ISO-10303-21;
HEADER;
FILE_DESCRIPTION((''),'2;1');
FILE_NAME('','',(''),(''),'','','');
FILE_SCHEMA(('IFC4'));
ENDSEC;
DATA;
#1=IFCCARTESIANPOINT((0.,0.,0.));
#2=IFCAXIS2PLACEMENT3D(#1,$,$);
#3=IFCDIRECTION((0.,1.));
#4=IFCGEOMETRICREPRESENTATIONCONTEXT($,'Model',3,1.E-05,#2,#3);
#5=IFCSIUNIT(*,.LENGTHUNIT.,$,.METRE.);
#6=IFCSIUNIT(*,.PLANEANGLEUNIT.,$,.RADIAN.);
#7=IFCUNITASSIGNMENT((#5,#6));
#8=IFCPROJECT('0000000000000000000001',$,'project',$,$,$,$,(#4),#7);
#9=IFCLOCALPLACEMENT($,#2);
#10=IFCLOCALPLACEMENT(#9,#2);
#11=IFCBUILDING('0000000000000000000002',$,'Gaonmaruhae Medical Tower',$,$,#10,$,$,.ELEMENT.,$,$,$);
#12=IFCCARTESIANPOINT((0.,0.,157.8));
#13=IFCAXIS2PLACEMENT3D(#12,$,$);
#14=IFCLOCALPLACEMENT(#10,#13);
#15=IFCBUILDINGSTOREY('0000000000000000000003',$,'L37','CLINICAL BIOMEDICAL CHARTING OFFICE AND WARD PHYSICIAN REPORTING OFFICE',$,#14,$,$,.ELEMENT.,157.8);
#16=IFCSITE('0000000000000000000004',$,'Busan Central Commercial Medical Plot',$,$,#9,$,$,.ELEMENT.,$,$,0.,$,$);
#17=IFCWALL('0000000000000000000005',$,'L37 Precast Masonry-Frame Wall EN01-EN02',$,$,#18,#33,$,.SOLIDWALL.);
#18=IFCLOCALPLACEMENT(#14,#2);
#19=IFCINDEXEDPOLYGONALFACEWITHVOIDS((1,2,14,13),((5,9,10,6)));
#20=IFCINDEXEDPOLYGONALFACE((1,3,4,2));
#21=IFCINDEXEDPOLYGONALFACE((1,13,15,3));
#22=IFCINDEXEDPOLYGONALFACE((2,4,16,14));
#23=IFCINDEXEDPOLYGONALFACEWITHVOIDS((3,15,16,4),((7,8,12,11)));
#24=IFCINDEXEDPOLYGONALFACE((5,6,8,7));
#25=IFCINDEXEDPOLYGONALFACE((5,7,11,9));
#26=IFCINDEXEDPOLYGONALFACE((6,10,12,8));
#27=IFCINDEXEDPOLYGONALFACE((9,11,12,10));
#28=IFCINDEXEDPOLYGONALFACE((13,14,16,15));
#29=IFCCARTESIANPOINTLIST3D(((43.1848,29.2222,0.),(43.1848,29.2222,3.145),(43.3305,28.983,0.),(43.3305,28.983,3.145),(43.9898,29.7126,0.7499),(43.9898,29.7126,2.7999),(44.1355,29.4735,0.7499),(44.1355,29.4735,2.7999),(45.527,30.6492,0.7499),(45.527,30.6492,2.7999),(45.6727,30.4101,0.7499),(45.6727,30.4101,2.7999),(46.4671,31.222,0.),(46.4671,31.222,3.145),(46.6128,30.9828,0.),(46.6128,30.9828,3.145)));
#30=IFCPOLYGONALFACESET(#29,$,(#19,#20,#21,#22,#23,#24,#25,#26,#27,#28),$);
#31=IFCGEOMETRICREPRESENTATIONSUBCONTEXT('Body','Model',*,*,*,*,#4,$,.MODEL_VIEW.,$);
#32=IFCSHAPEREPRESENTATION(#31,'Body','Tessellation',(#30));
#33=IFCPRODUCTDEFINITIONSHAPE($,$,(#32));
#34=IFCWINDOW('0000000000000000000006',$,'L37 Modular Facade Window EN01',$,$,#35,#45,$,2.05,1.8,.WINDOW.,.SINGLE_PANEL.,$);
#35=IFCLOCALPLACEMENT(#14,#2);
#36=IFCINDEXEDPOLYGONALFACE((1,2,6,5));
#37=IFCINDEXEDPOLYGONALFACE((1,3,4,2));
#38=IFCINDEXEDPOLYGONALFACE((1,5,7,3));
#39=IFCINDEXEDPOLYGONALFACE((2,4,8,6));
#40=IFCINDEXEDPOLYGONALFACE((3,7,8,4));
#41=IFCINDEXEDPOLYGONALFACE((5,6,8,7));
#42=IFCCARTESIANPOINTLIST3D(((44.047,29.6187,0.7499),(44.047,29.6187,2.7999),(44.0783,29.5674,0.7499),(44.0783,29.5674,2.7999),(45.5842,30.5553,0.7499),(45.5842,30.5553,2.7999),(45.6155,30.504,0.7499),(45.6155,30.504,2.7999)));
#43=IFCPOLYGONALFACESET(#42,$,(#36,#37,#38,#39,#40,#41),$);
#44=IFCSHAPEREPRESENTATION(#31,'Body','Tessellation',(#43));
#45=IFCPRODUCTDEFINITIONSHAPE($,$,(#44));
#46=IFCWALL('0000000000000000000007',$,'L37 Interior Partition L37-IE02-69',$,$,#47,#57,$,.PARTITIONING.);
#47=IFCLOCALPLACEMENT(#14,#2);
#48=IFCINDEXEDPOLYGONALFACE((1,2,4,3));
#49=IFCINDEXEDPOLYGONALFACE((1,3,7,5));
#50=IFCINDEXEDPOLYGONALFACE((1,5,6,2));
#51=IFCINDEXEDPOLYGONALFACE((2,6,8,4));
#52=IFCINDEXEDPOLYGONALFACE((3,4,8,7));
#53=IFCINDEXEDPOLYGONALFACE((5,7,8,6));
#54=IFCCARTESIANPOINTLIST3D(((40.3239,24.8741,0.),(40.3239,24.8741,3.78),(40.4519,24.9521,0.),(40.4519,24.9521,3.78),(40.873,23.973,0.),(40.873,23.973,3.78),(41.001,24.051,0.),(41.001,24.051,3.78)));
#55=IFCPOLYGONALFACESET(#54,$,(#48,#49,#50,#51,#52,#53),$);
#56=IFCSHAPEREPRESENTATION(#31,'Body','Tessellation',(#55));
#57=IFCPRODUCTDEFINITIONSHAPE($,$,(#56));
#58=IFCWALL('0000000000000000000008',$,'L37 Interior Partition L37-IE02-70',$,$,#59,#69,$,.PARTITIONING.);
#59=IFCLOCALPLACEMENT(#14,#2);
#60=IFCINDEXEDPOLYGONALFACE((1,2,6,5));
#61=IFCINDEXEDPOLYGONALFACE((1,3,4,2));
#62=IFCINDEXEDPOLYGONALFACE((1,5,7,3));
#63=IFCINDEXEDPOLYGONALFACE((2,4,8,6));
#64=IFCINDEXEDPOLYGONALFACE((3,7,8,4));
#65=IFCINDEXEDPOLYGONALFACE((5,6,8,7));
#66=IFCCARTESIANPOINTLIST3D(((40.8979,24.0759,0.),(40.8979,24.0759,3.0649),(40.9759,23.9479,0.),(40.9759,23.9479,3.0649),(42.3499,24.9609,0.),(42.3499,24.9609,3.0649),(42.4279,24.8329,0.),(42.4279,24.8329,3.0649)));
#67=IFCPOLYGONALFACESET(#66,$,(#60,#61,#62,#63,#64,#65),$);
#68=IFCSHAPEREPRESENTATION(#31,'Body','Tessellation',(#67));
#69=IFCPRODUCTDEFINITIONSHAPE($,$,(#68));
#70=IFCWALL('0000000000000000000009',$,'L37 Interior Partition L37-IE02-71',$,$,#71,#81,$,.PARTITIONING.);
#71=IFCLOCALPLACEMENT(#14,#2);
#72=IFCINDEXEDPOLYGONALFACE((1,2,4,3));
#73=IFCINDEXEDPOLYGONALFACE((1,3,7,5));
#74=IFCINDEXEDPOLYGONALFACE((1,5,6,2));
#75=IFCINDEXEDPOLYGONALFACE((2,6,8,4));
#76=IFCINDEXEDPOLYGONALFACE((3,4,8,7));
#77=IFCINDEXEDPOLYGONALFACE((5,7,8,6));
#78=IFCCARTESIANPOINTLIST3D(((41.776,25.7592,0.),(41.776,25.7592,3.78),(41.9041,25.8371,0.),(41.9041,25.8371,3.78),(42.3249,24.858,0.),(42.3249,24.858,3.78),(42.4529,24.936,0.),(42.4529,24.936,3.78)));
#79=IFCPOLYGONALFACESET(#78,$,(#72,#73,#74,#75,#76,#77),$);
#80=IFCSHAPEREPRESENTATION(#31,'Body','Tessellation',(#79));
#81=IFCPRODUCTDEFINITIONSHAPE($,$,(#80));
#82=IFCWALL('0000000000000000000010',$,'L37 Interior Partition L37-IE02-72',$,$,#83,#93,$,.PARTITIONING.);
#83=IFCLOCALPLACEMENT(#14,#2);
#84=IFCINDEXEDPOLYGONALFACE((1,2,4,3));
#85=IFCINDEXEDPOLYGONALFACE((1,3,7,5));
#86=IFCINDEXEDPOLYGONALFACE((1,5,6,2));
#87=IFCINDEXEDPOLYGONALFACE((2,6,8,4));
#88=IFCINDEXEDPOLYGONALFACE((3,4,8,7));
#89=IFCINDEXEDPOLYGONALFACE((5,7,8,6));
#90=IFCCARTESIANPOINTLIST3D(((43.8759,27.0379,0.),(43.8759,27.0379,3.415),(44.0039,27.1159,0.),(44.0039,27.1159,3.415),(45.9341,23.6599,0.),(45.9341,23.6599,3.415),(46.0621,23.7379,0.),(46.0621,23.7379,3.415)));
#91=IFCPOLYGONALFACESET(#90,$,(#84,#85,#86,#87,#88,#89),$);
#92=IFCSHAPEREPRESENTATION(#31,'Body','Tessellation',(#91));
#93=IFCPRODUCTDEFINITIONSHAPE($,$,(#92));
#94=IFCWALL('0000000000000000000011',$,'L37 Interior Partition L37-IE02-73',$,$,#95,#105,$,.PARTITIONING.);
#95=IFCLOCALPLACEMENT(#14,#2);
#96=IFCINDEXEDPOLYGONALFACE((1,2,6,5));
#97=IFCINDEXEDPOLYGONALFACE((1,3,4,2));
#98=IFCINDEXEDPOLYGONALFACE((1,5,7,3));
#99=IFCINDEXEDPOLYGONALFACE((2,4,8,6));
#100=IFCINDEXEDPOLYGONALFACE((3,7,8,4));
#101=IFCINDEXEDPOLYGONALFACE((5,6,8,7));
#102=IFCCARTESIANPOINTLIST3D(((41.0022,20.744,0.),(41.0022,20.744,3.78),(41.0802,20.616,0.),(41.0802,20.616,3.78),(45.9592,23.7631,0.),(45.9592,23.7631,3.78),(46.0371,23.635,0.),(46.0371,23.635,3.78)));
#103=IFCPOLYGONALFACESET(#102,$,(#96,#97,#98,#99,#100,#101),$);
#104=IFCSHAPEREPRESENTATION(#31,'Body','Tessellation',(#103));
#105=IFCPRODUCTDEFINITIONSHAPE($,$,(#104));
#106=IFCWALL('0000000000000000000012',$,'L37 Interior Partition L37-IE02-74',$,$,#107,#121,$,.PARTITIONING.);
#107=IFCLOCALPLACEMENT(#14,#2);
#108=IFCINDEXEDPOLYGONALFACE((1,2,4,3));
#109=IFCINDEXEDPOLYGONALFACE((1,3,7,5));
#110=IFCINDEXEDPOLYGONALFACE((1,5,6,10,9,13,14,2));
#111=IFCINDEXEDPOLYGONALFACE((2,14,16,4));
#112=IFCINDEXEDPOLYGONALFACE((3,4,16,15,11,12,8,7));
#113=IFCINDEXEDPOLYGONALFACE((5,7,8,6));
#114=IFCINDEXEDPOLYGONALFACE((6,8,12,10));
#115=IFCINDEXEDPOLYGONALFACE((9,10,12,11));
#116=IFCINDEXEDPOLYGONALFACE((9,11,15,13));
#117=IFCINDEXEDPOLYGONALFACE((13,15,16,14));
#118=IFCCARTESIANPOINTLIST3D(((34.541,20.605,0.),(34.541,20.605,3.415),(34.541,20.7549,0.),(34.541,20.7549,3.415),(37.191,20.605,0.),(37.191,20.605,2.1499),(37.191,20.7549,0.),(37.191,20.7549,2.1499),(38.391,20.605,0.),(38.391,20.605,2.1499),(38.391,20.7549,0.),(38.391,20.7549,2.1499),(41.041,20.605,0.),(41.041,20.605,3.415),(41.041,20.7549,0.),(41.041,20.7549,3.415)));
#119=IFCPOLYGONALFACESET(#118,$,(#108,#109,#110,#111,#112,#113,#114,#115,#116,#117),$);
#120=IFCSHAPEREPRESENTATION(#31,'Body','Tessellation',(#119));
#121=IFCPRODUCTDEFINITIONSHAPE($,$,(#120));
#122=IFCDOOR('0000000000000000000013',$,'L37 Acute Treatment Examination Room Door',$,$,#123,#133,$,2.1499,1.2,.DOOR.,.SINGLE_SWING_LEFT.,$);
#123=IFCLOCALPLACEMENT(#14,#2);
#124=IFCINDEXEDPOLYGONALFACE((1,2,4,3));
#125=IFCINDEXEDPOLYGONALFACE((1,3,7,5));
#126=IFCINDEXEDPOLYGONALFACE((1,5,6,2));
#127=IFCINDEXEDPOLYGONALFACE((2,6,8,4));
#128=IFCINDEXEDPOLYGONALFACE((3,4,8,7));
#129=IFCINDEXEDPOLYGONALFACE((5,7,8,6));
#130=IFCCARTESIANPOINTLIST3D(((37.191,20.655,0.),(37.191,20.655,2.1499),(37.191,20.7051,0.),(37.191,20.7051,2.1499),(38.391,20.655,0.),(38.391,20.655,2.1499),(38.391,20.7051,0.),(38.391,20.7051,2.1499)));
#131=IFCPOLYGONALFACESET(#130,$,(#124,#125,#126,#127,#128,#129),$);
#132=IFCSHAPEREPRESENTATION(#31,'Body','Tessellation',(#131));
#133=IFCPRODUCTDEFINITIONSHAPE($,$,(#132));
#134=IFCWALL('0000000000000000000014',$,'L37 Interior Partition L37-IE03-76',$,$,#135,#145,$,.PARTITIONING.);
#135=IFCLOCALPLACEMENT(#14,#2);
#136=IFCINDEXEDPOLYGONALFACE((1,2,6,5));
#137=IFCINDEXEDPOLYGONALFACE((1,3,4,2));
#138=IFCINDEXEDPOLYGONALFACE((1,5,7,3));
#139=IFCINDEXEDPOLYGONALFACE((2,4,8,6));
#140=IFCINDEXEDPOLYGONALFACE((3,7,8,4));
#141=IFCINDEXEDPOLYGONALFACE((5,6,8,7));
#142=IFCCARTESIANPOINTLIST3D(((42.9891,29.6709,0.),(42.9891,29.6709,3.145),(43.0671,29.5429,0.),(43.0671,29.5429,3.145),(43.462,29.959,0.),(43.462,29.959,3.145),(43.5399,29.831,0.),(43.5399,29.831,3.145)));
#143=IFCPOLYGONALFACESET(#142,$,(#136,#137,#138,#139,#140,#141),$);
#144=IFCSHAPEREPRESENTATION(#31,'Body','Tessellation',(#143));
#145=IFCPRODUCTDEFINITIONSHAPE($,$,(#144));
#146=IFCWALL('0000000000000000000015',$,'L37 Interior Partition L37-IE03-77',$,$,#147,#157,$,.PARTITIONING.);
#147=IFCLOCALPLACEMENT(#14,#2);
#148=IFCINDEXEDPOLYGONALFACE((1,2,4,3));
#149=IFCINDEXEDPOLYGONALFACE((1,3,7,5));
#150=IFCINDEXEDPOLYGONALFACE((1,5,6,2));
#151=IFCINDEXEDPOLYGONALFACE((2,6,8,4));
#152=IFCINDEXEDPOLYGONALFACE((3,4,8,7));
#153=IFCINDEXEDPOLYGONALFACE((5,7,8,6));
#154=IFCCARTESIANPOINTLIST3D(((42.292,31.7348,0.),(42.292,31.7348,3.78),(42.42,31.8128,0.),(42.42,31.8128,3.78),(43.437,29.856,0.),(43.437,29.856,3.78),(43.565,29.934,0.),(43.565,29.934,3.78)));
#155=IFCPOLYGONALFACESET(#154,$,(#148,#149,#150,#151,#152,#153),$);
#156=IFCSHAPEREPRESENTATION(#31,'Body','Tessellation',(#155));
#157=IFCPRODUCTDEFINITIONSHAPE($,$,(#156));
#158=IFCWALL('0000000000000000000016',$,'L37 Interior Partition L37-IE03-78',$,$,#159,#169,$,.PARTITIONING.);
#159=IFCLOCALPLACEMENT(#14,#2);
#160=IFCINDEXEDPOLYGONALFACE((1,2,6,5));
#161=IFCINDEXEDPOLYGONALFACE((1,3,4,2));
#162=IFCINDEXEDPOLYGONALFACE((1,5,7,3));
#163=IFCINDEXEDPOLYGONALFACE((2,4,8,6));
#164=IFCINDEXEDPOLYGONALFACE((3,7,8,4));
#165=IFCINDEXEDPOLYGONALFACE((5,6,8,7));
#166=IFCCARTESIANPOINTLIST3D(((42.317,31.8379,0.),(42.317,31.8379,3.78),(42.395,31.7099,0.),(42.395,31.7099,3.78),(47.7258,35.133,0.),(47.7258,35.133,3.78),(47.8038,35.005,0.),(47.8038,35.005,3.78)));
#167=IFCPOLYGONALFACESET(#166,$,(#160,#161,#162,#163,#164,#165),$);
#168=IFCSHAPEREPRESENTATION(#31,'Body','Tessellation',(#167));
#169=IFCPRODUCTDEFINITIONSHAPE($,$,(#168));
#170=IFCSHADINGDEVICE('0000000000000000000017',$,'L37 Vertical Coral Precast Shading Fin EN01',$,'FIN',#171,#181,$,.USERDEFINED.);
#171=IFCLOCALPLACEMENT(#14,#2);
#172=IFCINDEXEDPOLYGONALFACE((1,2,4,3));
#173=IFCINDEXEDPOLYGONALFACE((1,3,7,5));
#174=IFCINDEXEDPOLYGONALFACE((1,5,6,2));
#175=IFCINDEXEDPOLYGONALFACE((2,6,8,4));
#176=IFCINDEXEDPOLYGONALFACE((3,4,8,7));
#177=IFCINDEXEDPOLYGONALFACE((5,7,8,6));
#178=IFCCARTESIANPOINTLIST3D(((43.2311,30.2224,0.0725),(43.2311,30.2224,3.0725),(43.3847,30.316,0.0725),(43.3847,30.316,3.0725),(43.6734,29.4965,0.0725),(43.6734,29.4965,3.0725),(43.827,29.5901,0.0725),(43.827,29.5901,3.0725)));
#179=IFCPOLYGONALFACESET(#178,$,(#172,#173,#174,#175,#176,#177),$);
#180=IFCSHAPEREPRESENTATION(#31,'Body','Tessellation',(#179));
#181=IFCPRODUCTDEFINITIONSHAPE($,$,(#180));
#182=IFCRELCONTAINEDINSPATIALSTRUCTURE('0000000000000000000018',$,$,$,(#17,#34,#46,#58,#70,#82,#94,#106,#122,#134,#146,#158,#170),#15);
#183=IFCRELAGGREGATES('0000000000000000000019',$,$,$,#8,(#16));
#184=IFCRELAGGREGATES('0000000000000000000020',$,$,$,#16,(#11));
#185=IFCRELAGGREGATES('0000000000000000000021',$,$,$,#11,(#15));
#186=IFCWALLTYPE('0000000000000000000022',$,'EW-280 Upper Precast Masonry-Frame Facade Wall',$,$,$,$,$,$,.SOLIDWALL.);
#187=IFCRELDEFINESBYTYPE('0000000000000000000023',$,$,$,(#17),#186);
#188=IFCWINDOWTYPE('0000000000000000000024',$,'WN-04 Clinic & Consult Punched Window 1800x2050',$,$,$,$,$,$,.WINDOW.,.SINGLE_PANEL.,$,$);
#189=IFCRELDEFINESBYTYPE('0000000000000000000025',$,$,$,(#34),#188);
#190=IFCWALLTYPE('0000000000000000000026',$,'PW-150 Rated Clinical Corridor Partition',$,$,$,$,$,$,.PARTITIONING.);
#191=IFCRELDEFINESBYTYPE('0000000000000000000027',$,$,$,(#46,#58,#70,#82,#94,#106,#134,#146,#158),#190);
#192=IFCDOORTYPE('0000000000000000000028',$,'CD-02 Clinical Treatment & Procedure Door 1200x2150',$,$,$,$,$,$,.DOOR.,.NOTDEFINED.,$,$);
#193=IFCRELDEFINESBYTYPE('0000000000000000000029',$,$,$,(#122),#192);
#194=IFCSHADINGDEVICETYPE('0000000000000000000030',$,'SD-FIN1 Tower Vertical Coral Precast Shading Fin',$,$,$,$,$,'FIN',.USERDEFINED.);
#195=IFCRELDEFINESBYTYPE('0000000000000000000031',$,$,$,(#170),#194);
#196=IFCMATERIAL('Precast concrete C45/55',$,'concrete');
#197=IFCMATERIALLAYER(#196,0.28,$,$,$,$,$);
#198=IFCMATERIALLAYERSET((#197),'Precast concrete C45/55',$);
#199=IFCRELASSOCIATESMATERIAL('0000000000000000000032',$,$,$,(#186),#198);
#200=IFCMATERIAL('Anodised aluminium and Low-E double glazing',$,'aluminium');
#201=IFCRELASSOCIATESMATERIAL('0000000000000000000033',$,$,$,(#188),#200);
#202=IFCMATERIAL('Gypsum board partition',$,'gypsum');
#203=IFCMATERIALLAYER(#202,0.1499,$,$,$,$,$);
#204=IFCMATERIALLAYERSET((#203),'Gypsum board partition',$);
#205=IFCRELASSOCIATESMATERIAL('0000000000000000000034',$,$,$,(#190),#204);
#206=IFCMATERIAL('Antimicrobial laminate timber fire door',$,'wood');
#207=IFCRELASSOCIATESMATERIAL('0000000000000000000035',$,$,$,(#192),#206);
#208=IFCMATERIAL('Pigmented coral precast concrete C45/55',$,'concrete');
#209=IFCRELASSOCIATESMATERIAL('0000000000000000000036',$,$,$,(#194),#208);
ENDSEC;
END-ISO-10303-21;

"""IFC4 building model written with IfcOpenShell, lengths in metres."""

from ifc_helpers import new_model, si_unit, direction, frame, frame_2d, origin, origin_2d, place, context, subcontext, project, spatial, rectangle, extrude, material, layer, layer_set, type_object, element, fill, save


model = new_model("IFC4")

# Units and contexts
model_context = context("Model", 3, precision=1e-05, world=origin(), true_north=direction((0.0, 1.0)))
body_context = subcontext(model_context, "Body", "Model", "MODEL_VIEW")
ifc_project = project(units=[si_unit("LENGTHUNIT", "METRE"), si_unit("PLANEANGLEUNIT", "RADIAN")], contexts=[model_context])

# Site, building, storey
site_placement = place(None, origin())
site = spatial("IfcSite", under=ifc_project, at=site_placement, Name="Busan Central Commercial Medical Plot", CompositionType="ELEMENT", RefElevation=0.0)
building_placement = place(site_placement, origin())
building = spatial("IfcBuilding", under=site, at=building_placement, Name="Gaonmaruhae Medical Tower", CompositionType="ELEMENT")
storey_placement = place(building_placement, frame((0.0, 0.0, 157.8)))
storey = spatial("IfcBuildingStorey", under=building, at=storey_placement, Name="L37", Description="CLINICAL BIOMEDICAL CHARTING OFFICE AND WARD PHYSICIAN REPORTING OFFICE", CompositionType="ELEMENT", Elevation=157.8)

# Shared definitions
ifc_material_1 = material(Name="Precast concrete C45/55", Category="concrete")

# Wall, opening, window
ifc_layer_1 = layer(ifc_material_1, 0.28)
ifc_layer_set_1 = layer_set([ifc_layer_1], Name="Precast concrete C45/55")
wall_type_1 = type_object("IfcWallType", Name="EW-280 Upper Precast Masonry-Frame Facade Wall", PredefinedType="SOLIDWALL", material=ifc_layer_set_1)
wall_1_placement = place(storey_placement, frame((43.2576, 29.1025, 0.0), z_axis=(0.0, 0.0, 1.0), x_axis=(0.853981, 0.520304, 0.0)))
wall_1 = element("IfcWall", 1, at=wall_1_placement, inside=storey, type_object=wall_type_1, Name="L37 Precast Masonry-Frame Wall EN01-EN02", PredefinedType="SOLIDWALL", context=body_context, shape_type="SweptSolid", body=[
    extrude(rectangle(XDim=3.8435, YDim=0.28, at=frame_2d((1.9219, 0.0))), origin(), (0.0, 0.0, 1.0), 3.145),
])
opening_1_placement = place(wall_1_placement, frame((0.9429, 0.0, 0.75)))
opening_1 = element("IfcOpeningElement", 2, at=opening_1_placement, cuts=wall_1, PredefinedType="OPENING", context=body_context, shape_type="SweptSolid", body=[
    extrude(rectangle(XDim=1.8, YDim=2.05, at=frame_2d((0.8999, 1.0249))), frame((0.0, 0.1499, 0.0), z_axis=(0.0, -1.0, 0.0), x_axis=(1.0, 0.0, 0.0)), (0.0, 0.0, 1.0), 0.3),
])
ifc_material_2 = material(Name="Anodised aluminium and Low-E double glazing", Category="aluminium")
window_type = type_object("IfcWindowType", Name="WN-04 Clinic & Consult Punched Window 1800x2050", PartitioningType="SINGLE_PANEL", PredefinedType="WINDOW", material=ifc_material_2)
window_placement = place(opening_1_placement, origin())
window = element("IfcWindow", 3, at=window_placement, inside=storey, type_object=window_type, Name="L37 Modular Facade Window EN01", OverallHeight=2.05, OverallWidth=1.8, PartitioningType="SINGLE_PANEL", PredefinedType="WINDOW", context=body_context, shape_type="SweptSolid", body=[
    extrude(rectangle(XDim=1.8, YDim=2.05, at=frame_2d((0.8999, 1.0249))), frame((0.0, 0.03, 0.0), z_axis=(0.0, -1.0, 0.0), x_axis=(1.0, 0.0, 0.0)), (0.0, 0.0, 1.0), 0.0601),
])
fill(opening_1, window)

# Walls
ifc_material_3 = material(Name="Gypsum board partition", Category="gypsum")
ifc_layer_2 = layer(ifc_material_3, 0.1499)
ifc_layer_set_2 = layer_set([ifc_layer_2], Name="Gypsum board partition")
wall_type_2 = type_object("IfcWallType", Name="PW-150 Rated Clinical Corridor Partition", PredefinedType="PARTITIONING", material=ifc_layer_set_2)
wall_2_placement = place(storey_placement, frame((40.3879, 24.9131, 0.0), z_axis=(0.0, 0.0, 1.0), x_axis=(0.520336, -0.853962, 0.0)))
element("IfcWall", 4, at=wall_2_placement, inside=storey, type_object=wall_type_2, Name="L37 Interior Partition L37-IE02-69", PredefinedType="PARTITIONING", context=body_context, shape_type="SweptSolid", body=[
    extrude(rectangle(XDim=1.0552, YDim=0.1499, at=frame_2d((0.5276, 0.0))), origin(), (0.0, 0.0, 1.0), 3.78),
])
wall_3_placement = place(storey_placement, frame((40.937, 24.012, 0.0), z_axis=(0.0, 0.0, 1.0), x_axis=(0.853874, 0.52048, 0.0)))
element("IfcWall", 5, at=wall_3_placement, inside=storey, type_object=wall_type_2, Name="L37 Interior Partition L37-IE02-70", PredefinedType="PARTITIONING", context=body_context, shape_type="SweptSolid", body=[
    extrude(rectangle(XDim=1.7004, YDim=0.1499, at=frame_2d((0.8501, 0.0))), origin(), (0.0, 0.0, 1.0), 3.0649),
])
wall_4_placement = place(storey_placement, frame((42.3889, 24.897, 0.0), z_axis=(0.0, 0.0, 1.0), x_axis=(-0.520167, 0.854064, 0.0)))
element("IfcWall", 6, at=wall_4_placement, inside=storey, type_object=wall_type_2, Name="L37 Interior Partition L37-IE02-71", PredefinedType="PARTITIONING", context=body_context, shape_type="SweptSolid", body=[
    extrude(rectangle(XDim=1.0552, YDim=0.1499, at=frame_2d((0.5276, 0.0))), origin(), (0.0, 0.0, 1.0), 3.78),
])
wall_5_placement = place(storey_placement, frame((43.9399, 27.0769, 0.0), z_axis=(0.0, 0.0, 1.0), x_axis=(0.520311, -0.853977, 0.0)))
element("IfcWall", 7, at=wall_5_placement, inside=storey, type_object=wall_type_2, Name="L37 Interior Partition L37-IE02-72", PredefinedType="PARTITIONING", context=body_context, shape_type="SweptSolid", body=[
    extrude(rectangle(XDim=3.9556, YDim=0.1499, at=frame_2d((1.9778, 0.0))), origin(), (0.0, 0.0, 1.0), 3.415),
])
wall_6_placement = place(storey_placement, frame((45.998, 23.699, 0.0), z_axis=(0.0, 0.0, 1.0), x_axis=(-0.854067, -0.520163, 0.0)))
element("IfcWall", 8, at=wall_6_placement, inside=storey, type_object=wall_type_2, Name="L37 Interior Partition L37-IE02-73", PredefinedType="PARTITIONING", context=body_context, shape_type="SweptSolid", body=[
    extrude(rectangle(XDim=5.804, YDim=0.1499, at=frame_2d((2.9019, 0.0))), origin(), (0.0, 0.0, 1.0), 3.78),
])

# Wall, opening, door
wall_7_placement = place(storey_placement, frame((41.041, 20.6799, 0.0), z_axis=(0.0, 0.0, 1.0), x_axis=(-1.0, 0.0, 0.0)))
wall_7 = element("IfcWall", 9, at=wall_7_placement, inside=storey, type_object=wall_type_2, Name="L37 Interior Partition L37-IE02-74", PredefinedType="PARTITIONING", context=body_context, shape_type="SweptSolid", body=[
    extrude(rectangle(XDim=6.5, YDim=0.1499, at=frame_2d((3.25, 0.0))), origin(), (0.0, 0.0, 1.0), 3.415),
])
opening_2_placement = place(wall_7_placement, frame((2.6499, 0.0, 0.0)))
opening_2 = element("IfcOpeningElement", 10, at=opening_2_placement, cuts=wall_7, PredefinedType="OPENING", context=body_context, shape_type="SweptSolid", body=[
    extrude(rectangle(XDim=1.2, YDim=2.1499, at=frame_2d((0.6001, 1.075))), frame((0.0, 0.085, 0.0), z_axis=(0.0, -1.0, 0.0), x_axis=(1.0, 0.0, 0.0)), (0.0, 0.0, 1.0), 0.1699),
])
ifc_material_4 = material(Name="Antimicrobial laminate timber fire door", Category="wood")
door_type_1 = type_object("IfcDoorType", Name="CD-02 Clinical Treatment & Procedure Door 1200x2150", OperationType="NOTDEFINED", PredefinedType="DOOR", material=ifc_material_4)
door_1_placement = place(opening_2_placement, origin())
door_1 = element("IfcDoor", 11, at=door_1_placement, inside=storey, type_object=door_type_1, Name="L37 Acute Treatment Examination Room Door", OperationType="SINGLE_SWING_LEFT", OverallHeight=2.1499, OverallWidth=1.2, PredefinedType="DOOR", context=body_context, shape_type="SweptSolid", body=[
    extrude(rectangle(XDim=1.2, YDim=2.1499, at=frame_2d((0.6001, 1.075))), frame((0.0, 0.0249, 0.0), z_axis=(0.0, -1.0, 0.0), x_axis=(1.0, 0.0, 0.0)), (0.0, 0.0, 1.0), 0.05),
])
fill(opening_2, door_1)

# Walls
wall_8_placement = place(storey_placement, frame((43.0281, 29.6069, 0.0), z_axis=(0.0, 0.0, 1.0), x_axis=(0.854011, 0.520255, 0.0)))
element("IfcWall", 12, at=wall_8_placement, inside=storey, type_object=wall_type_2, Name="L37 Interior Partition L37-IE03-76", PredefinedType="PARTITIONING", context=body_context, shape_type="SweptSolid", body=[
    extrude(rectangle(XDim=0.5537, YDim=0.1499, at=frame_2d((0.2769, 0.0))), origin(), (0.0, 0.0, 1.0), 3.145),
])
wall_9_placement = place(storey_placement, frame((43.501, 29.895, 0.0), z_axis=(0.0, 0.0, 1.0), x_axis=(-0.52039, 0.853928, 0.0)))
element("IfcWall", 13, at=wall_9_placement, inside=storey, type_object=wall_type_2, Name="L37 Interior Partition L37-IE03-77", PredefinedType="PARTITIONING", context=body_context, shape_type="SweptSolid", body=[
    extrude(rectangle(XDim=2.2002, YDim=0.1499, at=frame_2d((1.1001, 0.0))), origin(), (0.0, 0.0, 1.0), 3.78),
])
wall_10_placement = place(storey_placement, frame((42.356, 31.7739, 0.0), z_axis=(0.0, 0.0, 1.0), x_axis=(0.854004, 0.520266, 0.0)))
element("IfcWall", 14, at=wall_10_placement, inside=storey, type_object=wall_type_2, Name="L37 Interior Partition L37-IE03-78", PredefinedType="PARTITIONING", context=body_context, shape_type="SweptSolid", body=[
    extrude(rectangle(XDim=6.3335, YDim=0.1499, at=frame_2d((3.1667, 0.0))), origin(), (0.0, 0.0, 1.0), 3.78),
])

# Shading device
ifc_material_5 = material(Name="Pigmented coral precast concrete C45/55", Category="concrete")
shading_device_type = type_object("IfcShadingDeviceType", Name="SD-FIN1 Tower Vertical Coral Precast Shading Fin", ElementType="FIN", PredefinedType="USERDEFINED", material=ifc_material_5)
shading_device_placement = place(storey_placement, frame((43.5291, 29.9062, 0.0725), z_axis=(0.0, 0.0, 1.0), x_axis=(0.853996, 0.520279, 0.0)))
element("IfcShadingDevice", 15, at=shading_device_placement, inside=storey, type_object=shading_device_type, Name="L37 Vertical Coral Precast Shading Fin EN01", ObjectType="FIN", PredefinedType="USERDEFINED", context=body_context, shape_type="SweptSolid", body=[
    extrude(rectangle(XDim=0.1799, YDim=0.8501, at=origin_2d()), origin(), (0.0, 0.0, 1.0), 3.0),
])

save(model, "model.ifc")
